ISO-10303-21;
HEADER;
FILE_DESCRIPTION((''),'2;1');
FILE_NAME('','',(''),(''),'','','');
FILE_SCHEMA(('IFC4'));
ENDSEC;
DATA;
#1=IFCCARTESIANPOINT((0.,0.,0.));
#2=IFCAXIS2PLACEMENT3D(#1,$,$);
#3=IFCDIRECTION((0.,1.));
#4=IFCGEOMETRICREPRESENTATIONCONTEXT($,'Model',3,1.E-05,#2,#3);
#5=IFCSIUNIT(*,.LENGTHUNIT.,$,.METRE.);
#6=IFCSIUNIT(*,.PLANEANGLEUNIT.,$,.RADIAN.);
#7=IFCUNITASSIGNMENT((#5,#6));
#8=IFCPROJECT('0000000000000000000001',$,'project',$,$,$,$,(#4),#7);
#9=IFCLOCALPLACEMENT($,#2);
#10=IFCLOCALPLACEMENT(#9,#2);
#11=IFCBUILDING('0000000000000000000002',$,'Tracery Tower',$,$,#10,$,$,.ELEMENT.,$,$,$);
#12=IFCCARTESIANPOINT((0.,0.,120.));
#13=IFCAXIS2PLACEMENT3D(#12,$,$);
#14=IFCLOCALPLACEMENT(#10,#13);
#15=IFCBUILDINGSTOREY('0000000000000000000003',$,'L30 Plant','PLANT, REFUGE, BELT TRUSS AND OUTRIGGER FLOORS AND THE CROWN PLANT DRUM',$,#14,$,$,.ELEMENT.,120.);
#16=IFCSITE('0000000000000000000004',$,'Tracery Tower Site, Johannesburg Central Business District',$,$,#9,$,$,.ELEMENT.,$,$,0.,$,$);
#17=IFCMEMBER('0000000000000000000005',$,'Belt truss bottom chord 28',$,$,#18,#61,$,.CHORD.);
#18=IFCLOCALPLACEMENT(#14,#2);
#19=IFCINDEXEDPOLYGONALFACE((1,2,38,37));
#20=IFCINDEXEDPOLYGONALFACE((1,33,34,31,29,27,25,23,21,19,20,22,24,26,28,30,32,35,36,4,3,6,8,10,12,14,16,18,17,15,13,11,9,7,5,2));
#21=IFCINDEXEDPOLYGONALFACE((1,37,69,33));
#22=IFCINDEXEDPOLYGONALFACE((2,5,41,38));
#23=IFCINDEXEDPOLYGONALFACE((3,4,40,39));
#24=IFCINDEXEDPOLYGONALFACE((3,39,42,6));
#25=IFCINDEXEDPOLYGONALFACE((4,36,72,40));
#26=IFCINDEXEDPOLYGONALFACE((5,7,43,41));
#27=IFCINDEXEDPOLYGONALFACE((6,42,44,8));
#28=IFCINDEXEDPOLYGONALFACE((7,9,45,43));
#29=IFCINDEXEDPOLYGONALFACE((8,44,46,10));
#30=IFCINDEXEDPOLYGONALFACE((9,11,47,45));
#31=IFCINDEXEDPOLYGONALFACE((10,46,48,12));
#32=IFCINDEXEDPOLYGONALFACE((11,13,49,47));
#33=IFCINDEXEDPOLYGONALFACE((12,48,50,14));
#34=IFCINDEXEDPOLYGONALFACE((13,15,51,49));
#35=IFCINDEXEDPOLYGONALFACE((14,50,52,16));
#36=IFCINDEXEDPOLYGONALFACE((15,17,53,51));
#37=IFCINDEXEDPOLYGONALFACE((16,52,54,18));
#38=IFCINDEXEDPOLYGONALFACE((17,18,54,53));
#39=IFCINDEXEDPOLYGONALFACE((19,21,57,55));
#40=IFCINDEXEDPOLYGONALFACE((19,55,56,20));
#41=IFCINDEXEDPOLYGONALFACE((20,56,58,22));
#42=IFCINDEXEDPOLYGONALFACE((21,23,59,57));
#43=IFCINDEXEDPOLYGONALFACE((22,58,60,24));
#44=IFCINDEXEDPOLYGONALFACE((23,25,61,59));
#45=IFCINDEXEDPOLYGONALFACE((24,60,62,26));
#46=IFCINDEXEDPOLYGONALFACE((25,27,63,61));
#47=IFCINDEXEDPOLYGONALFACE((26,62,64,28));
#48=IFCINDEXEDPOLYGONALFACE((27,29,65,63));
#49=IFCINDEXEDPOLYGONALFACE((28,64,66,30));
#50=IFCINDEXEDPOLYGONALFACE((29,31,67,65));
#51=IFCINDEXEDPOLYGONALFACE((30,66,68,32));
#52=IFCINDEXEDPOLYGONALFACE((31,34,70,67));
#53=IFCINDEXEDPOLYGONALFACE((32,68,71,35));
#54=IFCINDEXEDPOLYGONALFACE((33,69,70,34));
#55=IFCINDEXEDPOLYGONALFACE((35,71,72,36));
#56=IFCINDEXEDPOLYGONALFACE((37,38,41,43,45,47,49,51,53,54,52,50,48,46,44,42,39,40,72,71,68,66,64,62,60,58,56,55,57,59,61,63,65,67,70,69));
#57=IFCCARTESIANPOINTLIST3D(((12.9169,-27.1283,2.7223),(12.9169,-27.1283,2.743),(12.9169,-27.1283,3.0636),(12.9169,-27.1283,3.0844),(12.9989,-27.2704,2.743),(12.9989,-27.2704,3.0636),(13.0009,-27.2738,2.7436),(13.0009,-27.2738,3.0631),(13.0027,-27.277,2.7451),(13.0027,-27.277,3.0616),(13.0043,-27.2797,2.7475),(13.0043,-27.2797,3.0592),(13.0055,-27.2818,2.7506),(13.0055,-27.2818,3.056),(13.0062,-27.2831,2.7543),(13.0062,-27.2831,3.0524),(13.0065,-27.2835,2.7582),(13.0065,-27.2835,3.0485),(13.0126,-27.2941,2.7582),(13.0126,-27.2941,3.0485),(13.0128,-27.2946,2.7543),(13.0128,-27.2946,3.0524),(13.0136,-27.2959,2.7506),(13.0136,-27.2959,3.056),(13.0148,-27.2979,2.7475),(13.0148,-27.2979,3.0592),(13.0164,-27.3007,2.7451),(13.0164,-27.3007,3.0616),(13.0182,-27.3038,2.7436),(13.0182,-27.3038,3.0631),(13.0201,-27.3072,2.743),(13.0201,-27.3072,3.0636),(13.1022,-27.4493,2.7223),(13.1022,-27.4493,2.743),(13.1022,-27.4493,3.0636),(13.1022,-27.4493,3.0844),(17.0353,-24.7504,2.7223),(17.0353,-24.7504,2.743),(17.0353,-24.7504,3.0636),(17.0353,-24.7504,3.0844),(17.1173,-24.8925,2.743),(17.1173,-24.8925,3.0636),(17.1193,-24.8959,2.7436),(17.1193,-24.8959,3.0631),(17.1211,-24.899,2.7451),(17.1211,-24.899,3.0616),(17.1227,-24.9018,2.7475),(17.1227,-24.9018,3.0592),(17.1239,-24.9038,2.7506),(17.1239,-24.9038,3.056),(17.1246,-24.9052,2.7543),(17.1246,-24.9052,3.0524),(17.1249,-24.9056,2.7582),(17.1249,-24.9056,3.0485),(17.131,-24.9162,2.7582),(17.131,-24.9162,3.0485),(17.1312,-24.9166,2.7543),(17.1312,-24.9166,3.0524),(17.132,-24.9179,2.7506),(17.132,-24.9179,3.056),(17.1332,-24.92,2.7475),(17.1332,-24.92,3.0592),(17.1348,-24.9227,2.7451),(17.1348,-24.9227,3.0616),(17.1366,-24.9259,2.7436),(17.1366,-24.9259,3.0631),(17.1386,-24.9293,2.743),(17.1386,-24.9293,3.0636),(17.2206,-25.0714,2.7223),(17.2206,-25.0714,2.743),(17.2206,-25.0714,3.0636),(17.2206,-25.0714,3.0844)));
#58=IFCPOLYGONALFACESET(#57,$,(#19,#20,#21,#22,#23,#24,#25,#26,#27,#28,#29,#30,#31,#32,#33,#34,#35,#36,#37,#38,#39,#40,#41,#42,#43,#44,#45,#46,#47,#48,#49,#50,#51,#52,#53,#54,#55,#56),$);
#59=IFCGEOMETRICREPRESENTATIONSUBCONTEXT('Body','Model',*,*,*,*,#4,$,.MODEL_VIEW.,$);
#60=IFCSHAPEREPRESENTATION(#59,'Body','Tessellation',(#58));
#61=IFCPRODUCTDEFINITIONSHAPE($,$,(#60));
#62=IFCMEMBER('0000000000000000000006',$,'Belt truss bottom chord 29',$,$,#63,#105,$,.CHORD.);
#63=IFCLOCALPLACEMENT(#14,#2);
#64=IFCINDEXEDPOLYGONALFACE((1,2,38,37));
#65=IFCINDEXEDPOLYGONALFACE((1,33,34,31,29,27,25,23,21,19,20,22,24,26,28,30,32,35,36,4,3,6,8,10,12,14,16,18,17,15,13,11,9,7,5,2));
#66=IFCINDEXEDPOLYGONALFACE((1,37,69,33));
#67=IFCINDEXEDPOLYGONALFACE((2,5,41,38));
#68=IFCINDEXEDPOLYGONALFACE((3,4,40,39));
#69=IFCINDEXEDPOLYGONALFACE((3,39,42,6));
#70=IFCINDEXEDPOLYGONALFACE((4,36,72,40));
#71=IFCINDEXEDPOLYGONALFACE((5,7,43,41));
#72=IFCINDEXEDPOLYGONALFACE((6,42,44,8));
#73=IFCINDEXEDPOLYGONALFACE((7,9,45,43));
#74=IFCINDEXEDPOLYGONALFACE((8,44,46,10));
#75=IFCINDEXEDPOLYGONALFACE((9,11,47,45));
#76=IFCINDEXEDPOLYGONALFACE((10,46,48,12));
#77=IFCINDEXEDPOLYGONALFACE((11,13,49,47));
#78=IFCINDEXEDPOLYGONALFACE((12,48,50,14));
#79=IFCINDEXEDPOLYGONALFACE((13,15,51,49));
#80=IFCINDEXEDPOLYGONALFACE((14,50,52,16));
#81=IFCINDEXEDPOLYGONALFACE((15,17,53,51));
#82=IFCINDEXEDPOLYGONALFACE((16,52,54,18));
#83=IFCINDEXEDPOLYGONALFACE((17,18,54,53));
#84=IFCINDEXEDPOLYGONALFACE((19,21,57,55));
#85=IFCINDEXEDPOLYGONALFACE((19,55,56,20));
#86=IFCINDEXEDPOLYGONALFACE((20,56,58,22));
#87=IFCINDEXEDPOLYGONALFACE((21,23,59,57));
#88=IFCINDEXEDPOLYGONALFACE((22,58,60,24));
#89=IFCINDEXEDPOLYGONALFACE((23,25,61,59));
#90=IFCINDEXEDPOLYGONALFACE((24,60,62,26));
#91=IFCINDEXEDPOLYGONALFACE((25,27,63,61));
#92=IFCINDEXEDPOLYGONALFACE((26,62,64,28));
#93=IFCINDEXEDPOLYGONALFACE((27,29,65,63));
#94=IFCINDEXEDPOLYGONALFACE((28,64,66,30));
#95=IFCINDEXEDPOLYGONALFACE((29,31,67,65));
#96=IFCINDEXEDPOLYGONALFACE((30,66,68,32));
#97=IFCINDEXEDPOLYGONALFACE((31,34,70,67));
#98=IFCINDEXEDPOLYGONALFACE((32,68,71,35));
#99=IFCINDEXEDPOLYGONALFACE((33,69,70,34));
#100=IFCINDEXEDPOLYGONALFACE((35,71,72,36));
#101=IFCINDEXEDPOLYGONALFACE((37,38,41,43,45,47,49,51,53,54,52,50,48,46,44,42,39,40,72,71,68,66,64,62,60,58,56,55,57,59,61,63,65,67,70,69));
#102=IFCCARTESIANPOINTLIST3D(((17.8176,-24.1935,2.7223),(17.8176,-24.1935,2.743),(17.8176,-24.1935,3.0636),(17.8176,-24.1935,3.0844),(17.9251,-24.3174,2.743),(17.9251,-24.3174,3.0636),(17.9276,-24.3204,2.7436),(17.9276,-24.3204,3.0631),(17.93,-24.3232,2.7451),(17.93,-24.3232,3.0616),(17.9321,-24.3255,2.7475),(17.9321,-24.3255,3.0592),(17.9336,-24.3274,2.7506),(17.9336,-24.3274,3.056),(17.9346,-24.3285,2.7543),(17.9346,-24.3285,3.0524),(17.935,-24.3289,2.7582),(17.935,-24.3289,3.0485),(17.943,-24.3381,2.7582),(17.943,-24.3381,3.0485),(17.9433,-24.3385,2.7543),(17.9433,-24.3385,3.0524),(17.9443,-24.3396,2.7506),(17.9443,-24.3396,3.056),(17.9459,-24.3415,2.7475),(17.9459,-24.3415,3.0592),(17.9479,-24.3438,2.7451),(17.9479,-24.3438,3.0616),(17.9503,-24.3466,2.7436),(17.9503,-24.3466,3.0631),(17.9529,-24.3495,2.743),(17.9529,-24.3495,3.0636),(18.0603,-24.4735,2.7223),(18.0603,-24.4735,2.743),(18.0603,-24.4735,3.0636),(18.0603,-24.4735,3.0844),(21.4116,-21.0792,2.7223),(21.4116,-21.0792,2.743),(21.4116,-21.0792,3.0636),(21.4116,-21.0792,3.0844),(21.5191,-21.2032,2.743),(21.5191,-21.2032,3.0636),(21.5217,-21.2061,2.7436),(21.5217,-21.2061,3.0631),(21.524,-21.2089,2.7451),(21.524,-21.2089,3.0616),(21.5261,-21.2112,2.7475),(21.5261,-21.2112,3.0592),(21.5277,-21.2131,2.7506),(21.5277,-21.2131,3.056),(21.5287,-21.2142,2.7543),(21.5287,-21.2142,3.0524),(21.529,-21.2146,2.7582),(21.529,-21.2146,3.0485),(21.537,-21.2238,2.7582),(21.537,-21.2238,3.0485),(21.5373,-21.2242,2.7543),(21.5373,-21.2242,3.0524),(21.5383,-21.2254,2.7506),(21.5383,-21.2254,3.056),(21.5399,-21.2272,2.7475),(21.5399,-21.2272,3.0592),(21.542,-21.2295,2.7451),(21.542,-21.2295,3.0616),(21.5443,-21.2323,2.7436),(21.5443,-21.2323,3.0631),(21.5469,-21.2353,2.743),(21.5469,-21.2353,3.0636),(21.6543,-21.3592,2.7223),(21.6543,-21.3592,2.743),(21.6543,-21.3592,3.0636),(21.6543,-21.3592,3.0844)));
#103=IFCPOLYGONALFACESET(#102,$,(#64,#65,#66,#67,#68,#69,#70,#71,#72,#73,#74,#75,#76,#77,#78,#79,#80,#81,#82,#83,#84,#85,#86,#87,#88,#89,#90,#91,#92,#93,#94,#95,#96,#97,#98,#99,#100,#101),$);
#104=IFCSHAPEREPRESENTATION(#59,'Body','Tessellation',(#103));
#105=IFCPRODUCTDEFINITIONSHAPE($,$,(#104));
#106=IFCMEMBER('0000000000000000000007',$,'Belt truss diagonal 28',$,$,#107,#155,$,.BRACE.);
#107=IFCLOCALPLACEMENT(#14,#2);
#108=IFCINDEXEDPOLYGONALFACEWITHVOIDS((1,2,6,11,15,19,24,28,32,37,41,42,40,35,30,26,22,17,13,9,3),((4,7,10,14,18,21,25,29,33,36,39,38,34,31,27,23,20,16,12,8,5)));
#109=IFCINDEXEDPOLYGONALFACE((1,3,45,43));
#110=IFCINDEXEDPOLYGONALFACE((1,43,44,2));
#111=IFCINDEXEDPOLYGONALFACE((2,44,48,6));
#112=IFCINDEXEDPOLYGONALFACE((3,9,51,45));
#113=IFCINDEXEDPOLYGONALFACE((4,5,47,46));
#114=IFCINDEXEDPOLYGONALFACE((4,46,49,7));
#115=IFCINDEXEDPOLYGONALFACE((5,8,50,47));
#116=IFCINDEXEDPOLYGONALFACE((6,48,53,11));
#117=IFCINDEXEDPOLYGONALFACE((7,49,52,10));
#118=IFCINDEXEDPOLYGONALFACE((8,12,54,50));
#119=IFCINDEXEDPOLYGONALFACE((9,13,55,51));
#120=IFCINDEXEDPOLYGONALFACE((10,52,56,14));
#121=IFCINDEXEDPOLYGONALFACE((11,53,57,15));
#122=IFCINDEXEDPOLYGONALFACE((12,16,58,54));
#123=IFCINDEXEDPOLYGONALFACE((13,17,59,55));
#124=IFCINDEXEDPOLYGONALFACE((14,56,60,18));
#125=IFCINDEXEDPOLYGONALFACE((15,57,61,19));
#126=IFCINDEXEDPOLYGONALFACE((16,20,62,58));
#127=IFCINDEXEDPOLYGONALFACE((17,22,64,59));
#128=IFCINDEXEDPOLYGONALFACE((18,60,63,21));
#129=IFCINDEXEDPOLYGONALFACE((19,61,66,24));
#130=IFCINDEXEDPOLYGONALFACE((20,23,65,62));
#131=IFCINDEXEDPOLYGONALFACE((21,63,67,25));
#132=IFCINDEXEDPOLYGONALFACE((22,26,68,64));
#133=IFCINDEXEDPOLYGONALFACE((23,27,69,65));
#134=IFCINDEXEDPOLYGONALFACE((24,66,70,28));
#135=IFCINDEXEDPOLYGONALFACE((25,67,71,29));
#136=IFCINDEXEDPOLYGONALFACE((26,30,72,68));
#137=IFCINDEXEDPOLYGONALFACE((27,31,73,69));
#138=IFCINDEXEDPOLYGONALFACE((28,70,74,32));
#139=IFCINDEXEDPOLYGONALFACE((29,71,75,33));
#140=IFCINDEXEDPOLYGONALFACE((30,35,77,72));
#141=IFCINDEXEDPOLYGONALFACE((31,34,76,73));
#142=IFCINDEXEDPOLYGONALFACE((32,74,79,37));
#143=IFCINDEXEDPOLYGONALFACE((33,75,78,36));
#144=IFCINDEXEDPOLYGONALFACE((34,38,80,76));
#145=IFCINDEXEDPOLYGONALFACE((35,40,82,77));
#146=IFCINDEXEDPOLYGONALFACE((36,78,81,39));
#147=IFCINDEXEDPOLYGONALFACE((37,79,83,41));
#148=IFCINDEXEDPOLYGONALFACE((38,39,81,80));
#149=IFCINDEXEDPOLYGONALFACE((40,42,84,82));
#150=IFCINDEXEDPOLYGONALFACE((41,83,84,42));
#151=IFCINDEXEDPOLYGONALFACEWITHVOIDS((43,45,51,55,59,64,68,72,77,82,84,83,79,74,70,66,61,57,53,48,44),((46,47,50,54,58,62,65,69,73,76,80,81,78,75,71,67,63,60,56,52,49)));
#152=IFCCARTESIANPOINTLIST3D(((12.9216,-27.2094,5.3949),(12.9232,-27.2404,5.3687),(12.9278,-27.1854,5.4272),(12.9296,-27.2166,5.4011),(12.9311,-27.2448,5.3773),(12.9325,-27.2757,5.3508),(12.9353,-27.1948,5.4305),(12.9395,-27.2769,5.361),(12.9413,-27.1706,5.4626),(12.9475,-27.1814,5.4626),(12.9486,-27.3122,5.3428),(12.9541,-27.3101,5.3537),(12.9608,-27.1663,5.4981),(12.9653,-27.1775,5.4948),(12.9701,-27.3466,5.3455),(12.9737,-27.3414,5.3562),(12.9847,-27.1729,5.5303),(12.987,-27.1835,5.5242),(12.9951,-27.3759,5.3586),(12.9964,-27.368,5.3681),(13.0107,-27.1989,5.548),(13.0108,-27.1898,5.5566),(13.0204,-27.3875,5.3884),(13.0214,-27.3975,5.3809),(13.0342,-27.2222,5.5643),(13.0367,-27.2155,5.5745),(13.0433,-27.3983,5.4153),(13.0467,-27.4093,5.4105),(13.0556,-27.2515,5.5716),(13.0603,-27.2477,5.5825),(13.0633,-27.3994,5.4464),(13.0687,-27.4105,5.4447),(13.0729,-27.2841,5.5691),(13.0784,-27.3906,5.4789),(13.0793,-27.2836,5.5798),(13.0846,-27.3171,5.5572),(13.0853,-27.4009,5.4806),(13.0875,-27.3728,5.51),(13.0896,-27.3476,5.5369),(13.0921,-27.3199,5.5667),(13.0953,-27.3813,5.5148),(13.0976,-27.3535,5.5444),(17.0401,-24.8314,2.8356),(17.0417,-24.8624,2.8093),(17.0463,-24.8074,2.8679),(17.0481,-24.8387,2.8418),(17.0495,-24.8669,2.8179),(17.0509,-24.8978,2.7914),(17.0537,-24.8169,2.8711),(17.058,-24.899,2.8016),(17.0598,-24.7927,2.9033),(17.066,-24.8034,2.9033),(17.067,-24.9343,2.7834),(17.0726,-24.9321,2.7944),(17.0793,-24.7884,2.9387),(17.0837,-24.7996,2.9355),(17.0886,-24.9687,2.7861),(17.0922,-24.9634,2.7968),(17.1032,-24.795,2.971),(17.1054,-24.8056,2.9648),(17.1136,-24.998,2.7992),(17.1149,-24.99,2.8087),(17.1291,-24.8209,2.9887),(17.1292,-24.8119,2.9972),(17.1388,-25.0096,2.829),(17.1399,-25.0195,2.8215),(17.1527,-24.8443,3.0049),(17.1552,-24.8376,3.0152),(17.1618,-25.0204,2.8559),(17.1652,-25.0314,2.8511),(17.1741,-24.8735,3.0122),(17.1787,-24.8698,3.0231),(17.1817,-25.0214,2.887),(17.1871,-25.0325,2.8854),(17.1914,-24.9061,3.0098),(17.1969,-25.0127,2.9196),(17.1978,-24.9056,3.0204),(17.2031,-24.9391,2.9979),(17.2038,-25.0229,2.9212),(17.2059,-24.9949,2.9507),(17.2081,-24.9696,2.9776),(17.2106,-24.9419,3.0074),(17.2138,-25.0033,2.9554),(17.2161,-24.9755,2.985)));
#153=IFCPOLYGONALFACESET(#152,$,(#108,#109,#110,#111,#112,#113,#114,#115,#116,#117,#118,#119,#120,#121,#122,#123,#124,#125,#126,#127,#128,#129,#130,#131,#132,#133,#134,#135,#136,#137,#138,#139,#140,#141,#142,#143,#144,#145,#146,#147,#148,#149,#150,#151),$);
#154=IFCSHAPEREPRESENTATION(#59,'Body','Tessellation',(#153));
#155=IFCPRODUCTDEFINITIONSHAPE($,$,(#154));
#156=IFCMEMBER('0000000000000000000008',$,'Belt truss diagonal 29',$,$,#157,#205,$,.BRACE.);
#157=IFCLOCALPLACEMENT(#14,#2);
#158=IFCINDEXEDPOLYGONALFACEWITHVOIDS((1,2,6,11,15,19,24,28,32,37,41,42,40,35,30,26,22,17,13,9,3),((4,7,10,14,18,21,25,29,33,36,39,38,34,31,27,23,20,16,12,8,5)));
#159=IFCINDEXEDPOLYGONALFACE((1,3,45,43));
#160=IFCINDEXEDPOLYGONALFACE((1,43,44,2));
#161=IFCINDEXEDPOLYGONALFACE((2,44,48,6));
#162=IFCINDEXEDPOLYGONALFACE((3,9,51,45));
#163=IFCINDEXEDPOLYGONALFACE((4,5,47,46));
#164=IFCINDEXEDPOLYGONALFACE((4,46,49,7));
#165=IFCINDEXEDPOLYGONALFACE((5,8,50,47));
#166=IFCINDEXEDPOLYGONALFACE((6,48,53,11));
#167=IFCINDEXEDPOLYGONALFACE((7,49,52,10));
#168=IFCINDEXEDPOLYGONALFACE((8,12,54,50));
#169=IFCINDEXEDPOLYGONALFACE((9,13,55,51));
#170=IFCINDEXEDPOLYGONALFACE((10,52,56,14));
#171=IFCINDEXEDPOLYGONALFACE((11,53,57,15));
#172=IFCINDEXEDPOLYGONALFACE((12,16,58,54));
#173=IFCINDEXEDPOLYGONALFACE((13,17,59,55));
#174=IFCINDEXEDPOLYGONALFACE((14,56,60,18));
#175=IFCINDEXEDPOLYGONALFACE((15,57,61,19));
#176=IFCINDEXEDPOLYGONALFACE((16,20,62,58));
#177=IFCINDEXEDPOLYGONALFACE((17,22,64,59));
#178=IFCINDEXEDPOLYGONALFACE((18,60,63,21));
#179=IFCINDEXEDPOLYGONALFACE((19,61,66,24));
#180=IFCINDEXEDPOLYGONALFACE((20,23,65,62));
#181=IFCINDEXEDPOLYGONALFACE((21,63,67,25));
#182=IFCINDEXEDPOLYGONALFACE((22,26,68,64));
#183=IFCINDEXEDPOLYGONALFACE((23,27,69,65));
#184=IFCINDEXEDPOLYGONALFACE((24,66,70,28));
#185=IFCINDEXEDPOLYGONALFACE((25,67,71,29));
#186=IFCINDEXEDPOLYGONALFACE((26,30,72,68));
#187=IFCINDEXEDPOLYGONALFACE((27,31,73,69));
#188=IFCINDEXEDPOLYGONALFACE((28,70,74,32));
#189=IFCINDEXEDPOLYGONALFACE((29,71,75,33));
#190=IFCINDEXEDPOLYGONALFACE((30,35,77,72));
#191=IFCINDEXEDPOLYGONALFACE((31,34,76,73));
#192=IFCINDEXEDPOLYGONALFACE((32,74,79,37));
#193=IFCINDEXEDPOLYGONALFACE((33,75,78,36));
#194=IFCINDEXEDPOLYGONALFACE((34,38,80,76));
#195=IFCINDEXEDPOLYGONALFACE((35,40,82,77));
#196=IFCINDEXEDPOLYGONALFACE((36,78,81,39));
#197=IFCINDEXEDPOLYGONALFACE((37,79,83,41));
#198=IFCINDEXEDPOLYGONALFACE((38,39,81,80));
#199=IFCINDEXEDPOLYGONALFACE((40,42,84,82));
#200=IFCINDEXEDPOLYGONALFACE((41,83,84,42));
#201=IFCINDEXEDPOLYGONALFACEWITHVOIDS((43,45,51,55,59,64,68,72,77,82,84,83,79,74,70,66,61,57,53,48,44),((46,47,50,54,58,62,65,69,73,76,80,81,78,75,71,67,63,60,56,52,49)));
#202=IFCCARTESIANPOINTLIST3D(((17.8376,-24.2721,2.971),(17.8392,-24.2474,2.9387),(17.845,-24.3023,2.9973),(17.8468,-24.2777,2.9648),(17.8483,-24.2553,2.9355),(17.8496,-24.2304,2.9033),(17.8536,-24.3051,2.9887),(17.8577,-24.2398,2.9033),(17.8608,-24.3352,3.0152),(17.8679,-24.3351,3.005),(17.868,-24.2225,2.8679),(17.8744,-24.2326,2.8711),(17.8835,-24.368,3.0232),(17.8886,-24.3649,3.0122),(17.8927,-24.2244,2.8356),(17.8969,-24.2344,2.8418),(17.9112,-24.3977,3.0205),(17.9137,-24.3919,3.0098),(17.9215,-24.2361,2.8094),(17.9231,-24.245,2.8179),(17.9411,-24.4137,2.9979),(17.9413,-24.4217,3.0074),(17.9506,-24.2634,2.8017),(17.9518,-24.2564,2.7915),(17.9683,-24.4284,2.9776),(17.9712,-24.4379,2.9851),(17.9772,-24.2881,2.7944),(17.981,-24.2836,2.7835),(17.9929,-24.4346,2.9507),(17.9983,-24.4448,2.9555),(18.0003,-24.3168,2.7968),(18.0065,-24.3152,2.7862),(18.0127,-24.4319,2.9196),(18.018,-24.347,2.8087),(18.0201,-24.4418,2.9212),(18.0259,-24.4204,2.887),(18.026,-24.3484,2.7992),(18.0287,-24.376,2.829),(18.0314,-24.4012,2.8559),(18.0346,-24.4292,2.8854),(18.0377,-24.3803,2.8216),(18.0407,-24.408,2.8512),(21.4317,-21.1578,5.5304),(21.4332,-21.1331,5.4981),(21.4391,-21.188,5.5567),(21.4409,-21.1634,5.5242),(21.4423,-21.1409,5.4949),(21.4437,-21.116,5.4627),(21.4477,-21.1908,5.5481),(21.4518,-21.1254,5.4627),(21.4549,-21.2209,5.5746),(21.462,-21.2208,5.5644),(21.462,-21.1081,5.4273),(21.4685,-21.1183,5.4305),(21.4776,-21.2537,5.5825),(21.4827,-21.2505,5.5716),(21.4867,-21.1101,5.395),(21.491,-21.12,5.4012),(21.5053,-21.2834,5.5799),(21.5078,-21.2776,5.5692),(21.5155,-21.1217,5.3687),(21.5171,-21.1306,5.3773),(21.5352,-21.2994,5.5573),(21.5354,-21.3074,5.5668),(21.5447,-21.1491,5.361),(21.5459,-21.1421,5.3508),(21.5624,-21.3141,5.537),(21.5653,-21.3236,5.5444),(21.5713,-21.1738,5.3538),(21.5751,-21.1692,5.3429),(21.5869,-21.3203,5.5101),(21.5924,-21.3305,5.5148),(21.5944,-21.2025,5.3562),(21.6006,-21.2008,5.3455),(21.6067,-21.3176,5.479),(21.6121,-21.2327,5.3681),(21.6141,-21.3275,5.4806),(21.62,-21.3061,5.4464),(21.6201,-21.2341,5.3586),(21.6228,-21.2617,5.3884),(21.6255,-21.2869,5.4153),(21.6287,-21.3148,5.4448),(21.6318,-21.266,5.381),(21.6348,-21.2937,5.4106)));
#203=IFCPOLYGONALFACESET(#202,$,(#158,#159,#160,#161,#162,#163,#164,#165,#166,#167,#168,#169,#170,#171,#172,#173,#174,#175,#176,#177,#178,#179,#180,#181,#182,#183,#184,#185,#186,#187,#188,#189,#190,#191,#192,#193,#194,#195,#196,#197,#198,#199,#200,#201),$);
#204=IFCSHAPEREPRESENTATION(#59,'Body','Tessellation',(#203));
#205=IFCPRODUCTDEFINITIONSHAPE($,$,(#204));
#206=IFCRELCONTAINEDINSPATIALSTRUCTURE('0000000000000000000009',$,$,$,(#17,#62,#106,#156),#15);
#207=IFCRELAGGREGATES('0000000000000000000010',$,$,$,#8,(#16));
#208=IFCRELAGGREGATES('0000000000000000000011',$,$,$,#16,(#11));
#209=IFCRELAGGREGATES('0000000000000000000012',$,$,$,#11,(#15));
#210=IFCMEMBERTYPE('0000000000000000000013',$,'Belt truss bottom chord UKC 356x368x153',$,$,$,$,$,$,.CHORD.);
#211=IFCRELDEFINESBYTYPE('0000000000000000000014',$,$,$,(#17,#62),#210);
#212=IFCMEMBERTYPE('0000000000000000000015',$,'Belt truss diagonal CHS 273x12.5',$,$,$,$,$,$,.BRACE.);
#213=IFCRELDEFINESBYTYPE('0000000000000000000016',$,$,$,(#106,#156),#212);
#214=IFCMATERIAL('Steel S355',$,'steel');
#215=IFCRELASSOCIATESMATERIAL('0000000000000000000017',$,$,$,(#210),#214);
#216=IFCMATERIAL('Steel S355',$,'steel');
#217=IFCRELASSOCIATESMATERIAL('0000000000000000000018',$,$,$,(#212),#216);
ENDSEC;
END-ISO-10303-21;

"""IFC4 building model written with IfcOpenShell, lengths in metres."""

from ifc_helpers import new_model, si_unit, direction, frame, origin, origin_2d, place, context, subcontext, project, spatial, hollow_circle, i_section, extrude, material, material_profile, profile_set, type_object, element, save


model = new_model("IFC4")

# Units and contexts
model_context = context("Model", 3, precision=1e-05, world=origin(), true_north=direction((0.0, 1.0)))
body_context = subcontext(model_context, "Body", "Model", "MODEL_VIEW")
ifc_project = project(units=[si_unit("LENGTHUNIT", "METRE"), si_unit("PLANEANGLEUNIT", "RADIAN")], contexts=[model_context])

# Site, building, storey
site_placement = place(None, origin())
site = spatial("IfcSite", under=ifc_project, at=site_placement, Name="Tracery Tower Site, Johannesburg Central Business District", CompositionType="ELEMENT", RefElevation=0.0)
building_placement = place(site_placement, origin())
building = spatial("IfcBuilding", under=site, at=building_placement, Name="Tracery Tower", CompositionType="ELEMENT")
storey_placement = place(building_placement, frame((0.0, 0.0, 120.0)))
storey = spatial("IfcBuildingStorey", under=building, at=storey_placement, Name="L30 Plant", Description="PLANT, REFUGE, BELT TRUSS AND OUTRIGGER FLOORS AND THE CROWN PLANT DRUM", CompositionType="ELEMENT", Elevation=120.0)

# Members
ifc_material_1 = material(Name="Steel S355", Category="steel")
ifc_material_profile_1 = material_profile(ifc_material_1, i_section(OverallWidth=0.3706, OverallDepth=0.3621, WebThickness=0.0122, FlangeThickness=0.0208, FilletRadius=0.0151, at=origin_2d()), Name="UKC 356x368x153")
ifc_profile_set_1 = profile_set([ifc_material_profile_1], Name="Steel S355")
member_type_1 = type_object("IfcMemberType", Name="Belt truss bottom chord UKC 356x368x153", PredefinedType="CHORD", material=ifc_profile_set_1)
for number, where, z_axis, x_axis, name in (
    (1, (13.0095, -27.2888, 2.9033), (0.86601, 0.500026, 0.0), (-0.500026, 0.86601, 0.0), "Belt truss bottom chord 28"),
    (2, (17.939, -24.3335, 2.9033), (0.755745, 0.654866, 0.0), (-0.654866, 0.755745, 0.0), "Belt truss bottom chord 29"),
):
    element("IfcMember", number, at=place(storey_placement, frame(where, z_axis=z_axis, x_axis=x_axis)), inside=storey, type_object=member_type_1, Name=name, PredefinedType="CHORD", context=body_context, shape_type="SweptSolid", body=[
        extrude(i_section(OverallWidth=0.3706, OverallDepth=0.3621, WebThickness=0.0122, FlangeThickness=0.0208, FilletRadius=0.0151, at=origin_2d()), origin(), (0.0, 0.0, 1.0), 4.7556),
    ])
ifc_material_2 = material(Name="Steel S355", Category="steel")
ifc_material_profile_2 = material_profile(ifc_material_2, hollow_circle(Radius=0.1365, WallThickness=0.0125, at=origin_2d()), Name="CHS 273x12.5")
ifc_profile_set_2 = profile_set([ifc_material_profile_2], Name="Steel S355")
member_type_2 = type_object("IfcMemberType", Name="Belt truss diagonal CHS 273x12.5", PredefinedType="BRACE", material=ifc_profile_set_2)
for number, where, z_axis, x_axis, name in (
    (3, (13.0095, -27.2888, 5.4626), (0.76259, 0.440312, -0.473901), (-0.500026, 0.86601, 0.0), "Belt truss diagonal 28"),
    (4, (17.939, -24.3335, 2.9033), (0.665491, 0.57666, 0.473904), (-0.654866, 0.755745, 0.0), "Belt truss diagonal 29"),
):
    element("IfcMember", number, at=place(storey_placement, frame(where, z_axis=z_axis, x_axis=x_axis)), inside=storey, type_object=member_type_2, Name=name, PredefinedType="BRACE", context=body_context, shape_type="SweptSolid", body=[
        extrude(hollow_circle(Radius=0.1365, WallThickness=0.0125, at=origin_2d()), origin(), (0.0, 0.0, 1.0), 5.4006),
    ])

save(model, "model.ifc")
